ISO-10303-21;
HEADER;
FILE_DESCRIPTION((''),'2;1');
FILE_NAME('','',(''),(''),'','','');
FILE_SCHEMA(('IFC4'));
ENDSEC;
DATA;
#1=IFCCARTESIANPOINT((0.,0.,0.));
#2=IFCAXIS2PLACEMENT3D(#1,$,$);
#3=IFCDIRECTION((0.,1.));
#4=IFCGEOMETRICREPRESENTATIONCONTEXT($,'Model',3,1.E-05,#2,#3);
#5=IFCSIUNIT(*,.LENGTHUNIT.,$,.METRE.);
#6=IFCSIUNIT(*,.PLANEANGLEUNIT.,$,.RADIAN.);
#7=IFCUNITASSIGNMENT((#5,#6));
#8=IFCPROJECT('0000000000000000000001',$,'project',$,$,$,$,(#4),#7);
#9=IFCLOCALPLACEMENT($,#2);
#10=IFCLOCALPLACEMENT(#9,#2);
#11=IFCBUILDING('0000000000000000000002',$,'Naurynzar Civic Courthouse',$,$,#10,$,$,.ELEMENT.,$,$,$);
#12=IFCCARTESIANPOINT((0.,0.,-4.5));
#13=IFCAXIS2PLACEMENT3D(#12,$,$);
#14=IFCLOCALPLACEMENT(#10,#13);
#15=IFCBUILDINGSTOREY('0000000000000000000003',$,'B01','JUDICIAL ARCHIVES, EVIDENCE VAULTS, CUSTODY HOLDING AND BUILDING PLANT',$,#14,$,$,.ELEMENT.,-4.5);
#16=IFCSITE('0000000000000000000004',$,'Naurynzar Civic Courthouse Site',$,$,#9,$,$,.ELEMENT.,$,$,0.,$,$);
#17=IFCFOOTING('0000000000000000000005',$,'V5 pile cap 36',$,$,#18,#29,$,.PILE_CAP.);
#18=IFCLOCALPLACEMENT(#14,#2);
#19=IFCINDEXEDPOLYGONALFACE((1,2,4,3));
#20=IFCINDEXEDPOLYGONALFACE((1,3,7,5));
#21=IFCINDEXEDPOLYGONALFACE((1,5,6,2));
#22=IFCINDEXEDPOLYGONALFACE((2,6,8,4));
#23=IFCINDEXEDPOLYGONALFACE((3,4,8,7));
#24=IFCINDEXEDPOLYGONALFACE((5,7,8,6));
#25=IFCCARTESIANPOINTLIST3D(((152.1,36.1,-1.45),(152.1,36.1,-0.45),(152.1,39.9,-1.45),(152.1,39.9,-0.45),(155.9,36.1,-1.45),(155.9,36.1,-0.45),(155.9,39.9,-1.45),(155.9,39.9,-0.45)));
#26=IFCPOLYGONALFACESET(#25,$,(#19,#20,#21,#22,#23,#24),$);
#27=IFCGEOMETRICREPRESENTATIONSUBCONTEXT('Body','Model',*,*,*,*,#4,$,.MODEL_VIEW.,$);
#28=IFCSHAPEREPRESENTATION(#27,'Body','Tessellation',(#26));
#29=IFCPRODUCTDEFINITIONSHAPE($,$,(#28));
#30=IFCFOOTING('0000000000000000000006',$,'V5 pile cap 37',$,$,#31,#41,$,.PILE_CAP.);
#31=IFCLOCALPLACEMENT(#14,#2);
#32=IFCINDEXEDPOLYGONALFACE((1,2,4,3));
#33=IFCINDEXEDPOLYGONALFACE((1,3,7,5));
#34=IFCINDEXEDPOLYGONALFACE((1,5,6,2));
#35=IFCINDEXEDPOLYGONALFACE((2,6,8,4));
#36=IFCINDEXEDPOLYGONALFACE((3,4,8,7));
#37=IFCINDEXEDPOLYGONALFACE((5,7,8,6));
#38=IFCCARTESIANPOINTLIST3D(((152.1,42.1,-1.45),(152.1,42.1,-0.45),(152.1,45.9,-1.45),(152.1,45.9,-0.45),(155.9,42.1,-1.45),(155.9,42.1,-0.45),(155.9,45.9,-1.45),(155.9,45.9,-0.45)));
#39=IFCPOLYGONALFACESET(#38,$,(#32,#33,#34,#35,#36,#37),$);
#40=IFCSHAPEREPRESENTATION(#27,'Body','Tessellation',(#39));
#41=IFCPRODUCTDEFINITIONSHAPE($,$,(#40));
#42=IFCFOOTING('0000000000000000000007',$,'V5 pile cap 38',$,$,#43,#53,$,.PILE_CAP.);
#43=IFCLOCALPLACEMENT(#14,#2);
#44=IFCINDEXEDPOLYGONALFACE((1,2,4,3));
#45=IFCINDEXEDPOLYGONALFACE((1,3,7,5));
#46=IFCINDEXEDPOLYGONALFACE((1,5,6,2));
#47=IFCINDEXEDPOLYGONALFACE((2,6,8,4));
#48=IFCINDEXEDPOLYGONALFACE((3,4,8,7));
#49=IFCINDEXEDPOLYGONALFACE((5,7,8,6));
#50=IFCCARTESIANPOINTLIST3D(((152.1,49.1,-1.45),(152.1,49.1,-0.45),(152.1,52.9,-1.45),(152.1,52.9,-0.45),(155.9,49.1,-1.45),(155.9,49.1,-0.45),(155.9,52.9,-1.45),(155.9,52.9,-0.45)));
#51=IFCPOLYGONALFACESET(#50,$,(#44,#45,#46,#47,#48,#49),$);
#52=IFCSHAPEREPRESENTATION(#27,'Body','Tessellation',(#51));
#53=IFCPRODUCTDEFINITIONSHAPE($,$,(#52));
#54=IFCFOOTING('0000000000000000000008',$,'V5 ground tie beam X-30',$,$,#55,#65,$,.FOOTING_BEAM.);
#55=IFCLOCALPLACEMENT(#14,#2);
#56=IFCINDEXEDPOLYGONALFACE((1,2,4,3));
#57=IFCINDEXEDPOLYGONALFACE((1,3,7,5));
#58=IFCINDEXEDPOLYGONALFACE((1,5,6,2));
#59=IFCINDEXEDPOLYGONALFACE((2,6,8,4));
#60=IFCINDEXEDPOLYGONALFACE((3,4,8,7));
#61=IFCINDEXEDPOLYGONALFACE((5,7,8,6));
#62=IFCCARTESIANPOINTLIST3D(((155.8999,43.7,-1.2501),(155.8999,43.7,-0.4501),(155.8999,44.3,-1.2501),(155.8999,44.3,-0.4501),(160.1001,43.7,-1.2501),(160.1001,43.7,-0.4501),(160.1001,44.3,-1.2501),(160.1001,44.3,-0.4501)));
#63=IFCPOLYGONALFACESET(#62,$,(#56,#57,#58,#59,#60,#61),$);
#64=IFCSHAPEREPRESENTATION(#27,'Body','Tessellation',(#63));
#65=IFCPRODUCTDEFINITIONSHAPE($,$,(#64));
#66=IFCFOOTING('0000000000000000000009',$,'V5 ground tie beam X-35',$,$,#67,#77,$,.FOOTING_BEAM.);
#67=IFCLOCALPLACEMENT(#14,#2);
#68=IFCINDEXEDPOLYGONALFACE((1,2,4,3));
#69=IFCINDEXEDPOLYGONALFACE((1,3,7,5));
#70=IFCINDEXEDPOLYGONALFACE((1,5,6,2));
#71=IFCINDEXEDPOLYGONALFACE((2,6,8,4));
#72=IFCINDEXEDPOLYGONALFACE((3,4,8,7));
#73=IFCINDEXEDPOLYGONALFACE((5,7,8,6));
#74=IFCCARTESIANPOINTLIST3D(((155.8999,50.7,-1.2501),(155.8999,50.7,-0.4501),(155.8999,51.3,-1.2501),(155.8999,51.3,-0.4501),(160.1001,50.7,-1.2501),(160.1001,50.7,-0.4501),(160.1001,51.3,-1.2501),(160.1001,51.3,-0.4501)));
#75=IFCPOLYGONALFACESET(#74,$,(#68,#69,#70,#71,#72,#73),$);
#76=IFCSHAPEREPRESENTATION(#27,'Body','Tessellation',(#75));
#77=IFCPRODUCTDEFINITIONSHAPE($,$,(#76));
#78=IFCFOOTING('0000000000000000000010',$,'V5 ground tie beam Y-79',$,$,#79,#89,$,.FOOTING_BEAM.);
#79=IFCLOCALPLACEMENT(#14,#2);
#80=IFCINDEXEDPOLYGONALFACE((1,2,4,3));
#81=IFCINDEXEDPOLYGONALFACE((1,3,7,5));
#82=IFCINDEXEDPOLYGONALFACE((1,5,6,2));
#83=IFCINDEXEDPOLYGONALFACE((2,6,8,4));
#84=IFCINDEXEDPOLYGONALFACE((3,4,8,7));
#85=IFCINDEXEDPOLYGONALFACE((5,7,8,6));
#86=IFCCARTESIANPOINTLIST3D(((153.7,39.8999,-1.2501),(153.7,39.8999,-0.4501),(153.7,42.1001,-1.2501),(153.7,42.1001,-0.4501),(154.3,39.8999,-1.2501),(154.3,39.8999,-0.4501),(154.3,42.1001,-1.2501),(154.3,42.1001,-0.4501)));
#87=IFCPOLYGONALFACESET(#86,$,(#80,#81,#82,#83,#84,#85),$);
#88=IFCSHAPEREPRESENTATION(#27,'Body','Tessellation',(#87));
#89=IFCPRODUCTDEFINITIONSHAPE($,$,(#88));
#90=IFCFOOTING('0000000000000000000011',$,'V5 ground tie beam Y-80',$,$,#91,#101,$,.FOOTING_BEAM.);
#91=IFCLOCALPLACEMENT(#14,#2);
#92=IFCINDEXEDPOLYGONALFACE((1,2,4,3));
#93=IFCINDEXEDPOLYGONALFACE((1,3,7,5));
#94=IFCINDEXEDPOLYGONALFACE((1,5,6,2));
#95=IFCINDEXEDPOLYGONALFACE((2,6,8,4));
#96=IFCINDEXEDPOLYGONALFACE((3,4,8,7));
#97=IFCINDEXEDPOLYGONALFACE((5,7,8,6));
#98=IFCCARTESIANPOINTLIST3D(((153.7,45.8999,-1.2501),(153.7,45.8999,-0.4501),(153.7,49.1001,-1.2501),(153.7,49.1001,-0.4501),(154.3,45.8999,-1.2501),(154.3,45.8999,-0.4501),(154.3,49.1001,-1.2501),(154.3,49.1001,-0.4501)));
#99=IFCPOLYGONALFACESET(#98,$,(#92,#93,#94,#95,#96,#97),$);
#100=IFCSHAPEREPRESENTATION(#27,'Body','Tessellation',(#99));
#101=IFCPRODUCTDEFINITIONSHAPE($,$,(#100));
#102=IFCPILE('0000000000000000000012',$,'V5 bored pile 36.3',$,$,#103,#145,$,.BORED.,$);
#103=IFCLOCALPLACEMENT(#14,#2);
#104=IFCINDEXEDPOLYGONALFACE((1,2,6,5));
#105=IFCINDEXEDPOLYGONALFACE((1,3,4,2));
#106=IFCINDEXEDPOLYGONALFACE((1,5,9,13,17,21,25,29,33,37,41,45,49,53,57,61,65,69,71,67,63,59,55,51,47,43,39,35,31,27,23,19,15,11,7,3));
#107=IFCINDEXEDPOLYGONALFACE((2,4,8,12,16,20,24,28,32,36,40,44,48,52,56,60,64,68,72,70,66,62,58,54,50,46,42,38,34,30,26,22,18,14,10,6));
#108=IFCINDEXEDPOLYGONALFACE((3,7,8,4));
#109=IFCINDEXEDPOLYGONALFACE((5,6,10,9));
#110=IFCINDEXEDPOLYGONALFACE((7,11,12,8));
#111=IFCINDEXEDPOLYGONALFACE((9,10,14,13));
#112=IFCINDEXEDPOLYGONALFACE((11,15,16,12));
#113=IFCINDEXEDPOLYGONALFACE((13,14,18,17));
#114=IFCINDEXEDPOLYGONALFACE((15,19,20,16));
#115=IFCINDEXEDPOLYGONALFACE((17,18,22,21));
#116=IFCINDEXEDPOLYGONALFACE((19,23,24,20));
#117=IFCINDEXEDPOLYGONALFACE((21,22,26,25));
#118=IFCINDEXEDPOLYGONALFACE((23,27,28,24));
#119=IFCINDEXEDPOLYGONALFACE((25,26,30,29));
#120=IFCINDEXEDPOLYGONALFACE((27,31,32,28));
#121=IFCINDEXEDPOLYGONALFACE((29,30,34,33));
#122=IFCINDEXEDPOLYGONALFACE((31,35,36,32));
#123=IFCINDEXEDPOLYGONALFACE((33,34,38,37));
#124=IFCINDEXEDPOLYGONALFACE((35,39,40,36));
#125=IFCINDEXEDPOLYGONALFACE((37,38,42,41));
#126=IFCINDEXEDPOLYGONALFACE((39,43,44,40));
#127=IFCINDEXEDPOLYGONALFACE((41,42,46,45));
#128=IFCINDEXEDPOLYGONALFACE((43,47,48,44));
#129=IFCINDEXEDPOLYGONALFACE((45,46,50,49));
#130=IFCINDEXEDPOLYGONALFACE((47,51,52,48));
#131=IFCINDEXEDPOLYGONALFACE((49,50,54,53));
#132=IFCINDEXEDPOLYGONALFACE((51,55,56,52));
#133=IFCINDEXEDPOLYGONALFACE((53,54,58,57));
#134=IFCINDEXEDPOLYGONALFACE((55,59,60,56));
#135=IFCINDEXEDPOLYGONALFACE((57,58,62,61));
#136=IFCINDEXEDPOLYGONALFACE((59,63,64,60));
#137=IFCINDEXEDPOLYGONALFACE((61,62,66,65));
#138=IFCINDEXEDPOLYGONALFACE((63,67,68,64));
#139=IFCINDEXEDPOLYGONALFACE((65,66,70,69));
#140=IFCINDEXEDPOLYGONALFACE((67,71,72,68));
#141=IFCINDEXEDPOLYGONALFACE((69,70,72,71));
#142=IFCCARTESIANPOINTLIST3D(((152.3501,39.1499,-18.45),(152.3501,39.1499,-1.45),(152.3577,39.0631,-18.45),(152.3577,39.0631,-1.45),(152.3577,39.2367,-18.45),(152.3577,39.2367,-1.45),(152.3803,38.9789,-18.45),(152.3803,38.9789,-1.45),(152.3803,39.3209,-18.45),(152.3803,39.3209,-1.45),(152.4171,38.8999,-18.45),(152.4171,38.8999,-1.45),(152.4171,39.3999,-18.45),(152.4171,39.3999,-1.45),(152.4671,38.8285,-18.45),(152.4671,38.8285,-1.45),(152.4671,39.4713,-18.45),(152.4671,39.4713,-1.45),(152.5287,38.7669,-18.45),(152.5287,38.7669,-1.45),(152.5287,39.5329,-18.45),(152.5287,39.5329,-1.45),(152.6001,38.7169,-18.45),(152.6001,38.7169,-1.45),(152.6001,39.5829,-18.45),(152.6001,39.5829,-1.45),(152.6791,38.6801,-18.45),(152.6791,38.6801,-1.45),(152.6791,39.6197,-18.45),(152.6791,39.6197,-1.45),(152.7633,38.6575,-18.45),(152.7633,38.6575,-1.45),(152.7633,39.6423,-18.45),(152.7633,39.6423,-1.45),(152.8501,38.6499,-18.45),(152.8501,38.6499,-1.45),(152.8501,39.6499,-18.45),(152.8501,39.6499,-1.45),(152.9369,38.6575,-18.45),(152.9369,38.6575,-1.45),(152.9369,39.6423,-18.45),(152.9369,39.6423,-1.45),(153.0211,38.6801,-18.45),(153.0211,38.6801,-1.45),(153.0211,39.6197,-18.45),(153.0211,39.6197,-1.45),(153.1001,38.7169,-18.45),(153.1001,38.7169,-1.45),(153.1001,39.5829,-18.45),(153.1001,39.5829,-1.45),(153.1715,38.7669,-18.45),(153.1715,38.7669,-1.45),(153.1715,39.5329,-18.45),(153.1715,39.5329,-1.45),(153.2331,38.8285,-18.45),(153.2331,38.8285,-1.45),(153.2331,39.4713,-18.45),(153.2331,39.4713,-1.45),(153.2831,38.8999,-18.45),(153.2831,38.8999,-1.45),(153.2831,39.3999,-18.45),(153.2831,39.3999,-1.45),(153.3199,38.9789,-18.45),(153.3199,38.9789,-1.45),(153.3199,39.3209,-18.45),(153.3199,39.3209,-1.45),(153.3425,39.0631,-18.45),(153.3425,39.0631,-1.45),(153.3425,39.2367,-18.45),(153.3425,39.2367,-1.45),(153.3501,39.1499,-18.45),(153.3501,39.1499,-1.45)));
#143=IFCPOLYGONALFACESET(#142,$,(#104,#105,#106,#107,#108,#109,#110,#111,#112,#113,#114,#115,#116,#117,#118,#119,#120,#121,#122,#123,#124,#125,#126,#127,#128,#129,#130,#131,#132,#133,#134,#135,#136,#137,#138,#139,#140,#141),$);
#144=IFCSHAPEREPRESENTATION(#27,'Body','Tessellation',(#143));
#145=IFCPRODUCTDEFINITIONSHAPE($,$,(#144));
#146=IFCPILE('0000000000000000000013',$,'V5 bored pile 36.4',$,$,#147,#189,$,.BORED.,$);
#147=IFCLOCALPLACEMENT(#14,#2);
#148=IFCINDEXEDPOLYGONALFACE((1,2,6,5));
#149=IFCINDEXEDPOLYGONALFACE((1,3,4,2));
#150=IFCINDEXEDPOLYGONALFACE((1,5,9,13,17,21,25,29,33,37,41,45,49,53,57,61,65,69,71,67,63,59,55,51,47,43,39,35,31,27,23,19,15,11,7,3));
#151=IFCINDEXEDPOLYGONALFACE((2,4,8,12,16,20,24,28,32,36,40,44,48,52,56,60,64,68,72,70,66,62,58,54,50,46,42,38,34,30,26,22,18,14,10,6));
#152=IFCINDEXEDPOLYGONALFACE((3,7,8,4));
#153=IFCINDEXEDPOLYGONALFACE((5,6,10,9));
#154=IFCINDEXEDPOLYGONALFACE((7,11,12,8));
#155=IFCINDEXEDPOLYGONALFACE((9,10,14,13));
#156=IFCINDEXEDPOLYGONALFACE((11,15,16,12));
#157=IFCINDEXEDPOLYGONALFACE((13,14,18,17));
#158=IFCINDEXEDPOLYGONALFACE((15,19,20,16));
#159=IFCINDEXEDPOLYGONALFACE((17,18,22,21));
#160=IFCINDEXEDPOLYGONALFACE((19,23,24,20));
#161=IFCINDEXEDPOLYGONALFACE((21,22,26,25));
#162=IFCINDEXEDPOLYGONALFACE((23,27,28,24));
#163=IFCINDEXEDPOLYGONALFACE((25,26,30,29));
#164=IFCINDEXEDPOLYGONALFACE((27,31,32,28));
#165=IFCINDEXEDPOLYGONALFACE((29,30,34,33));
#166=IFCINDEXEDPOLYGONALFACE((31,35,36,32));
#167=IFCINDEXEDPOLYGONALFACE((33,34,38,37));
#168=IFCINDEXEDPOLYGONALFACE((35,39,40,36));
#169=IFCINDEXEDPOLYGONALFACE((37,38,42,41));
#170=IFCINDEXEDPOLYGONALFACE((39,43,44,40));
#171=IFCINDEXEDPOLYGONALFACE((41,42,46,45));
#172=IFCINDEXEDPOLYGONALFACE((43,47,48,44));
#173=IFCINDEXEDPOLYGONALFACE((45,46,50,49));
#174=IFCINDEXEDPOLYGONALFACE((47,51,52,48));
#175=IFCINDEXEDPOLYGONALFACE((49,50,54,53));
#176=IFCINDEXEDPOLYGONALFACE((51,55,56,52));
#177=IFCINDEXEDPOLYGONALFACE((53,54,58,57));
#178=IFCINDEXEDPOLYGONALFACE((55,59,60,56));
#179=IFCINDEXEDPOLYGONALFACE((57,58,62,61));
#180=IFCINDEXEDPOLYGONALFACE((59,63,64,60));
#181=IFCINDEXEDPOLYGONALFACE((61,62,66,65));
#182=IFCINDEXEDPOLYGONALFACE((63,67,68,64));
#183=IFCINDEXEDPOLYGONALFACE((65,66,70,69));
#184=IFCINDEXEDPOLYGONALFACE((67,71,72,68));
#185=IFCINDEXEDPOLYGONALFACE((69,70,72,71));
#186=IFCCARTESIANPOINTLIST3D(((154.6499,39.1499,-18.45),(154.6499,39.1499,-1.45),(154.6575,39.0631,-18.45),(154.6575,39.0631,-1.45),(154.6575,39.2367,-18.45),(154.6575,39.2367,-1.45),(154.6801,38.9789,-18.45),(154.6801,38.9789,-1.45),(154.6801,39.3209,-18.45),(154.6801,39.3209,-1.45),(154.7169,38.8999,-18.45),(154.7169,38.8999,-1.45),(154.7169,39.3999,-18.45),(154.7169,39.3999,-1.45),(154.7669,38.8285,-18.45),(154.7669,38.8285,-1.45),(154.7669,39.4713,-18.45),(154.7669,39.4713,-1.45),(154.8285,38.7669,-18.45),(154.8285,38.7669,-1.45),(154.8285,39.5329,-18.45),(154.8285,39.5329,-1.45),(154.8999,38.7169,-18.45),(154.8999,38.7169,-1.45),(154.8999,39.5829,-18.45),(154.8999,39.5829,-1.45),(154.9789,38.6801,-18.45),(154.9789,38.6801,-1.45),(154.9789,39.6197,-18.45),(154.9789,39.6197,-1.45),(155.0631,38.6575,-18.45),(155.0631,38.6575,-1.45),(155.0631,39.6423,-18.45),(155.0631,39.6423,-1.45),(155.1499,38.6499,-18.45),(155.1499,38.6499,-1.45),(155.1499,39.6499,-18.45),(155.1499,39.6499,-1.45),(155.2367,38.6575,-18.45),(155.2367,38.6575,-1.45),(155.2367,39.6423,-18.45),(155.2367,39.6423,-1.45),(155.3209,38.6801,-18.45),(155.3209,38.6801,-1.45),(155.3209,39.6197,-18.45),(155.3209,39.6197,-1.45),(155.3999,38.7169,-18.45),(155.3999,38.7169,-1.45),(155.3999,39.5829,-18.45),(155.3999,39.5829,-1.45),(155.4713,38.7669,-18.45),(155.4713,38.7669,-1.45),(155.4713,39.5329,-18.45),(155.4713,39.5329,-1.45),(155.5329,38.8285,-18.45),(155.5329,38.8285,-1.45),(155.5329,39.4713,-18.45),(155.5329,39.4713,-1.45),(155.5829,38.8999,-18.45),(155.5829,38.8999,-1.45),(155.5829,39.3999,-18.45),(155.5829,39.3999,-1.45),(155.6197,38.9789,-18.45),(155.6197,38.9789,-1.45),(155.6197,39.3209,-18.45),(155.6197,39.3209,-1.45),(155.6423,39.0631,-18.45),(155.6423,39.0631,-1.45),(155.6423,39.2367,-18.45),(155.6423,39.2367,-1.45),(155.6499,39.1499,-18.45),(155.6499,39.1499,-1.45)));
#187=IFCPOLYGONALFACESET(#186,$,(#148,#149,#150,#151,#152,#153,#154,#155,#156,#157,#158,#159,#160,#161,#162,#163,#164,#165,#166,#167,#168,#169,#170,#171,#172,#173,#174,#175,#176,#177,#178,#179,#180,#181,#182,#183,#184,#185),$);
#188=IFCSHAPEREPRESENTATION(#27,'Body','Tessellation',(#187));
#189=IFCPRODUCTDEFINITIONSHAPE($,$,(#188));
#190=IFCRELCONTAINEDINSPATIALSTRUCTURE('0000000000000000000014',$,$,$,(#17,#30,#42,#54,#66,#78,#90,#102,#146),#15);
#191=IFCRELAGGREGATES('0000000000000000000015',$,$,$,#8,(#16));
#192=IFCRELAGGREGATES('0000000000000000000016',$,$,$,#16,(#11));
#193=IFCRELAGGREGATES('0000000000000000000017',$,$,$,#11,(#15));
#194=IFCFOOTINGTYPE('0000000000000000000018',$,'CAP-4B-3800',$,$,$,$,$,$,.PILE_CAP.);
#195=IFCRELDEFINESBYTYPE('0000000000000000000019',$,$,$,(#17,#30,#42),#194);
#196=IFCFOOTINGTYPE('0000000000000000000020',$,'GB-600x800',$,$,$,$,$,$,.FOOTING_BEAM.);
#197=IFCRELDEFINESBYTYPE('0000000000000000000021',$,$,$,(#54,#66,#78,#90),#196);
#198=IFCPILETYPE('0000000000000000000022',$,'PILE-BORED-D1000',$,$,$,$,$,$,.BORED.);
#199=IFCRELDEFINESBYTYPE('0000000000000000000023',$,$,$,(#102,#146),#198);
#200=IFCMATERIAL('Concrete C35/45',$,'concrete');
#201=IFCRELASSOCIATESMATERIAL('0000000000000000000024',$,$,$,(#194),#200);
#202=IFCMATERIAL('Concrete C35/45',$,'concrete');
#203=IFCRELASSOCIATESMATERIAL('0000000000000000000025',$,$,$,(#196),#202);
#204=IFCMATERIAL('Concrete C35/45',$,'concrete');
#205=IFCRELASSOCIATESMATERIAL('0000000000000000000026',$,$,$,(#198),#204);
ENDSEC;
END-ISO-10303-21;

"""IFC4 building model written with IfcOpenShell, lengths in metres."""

from ifc_helpers import new_model, si_unit, direction, frame, origin, origin_2d, place, context, subcontext, project, spatial, rectangle, circle, extrude, material, material_profile, profile_set, type_object, element, save


model = new_model("IFC4")

# Units and contexts
model_context = context("Model", 3, precision=1e-05, world=origin(), true_north=direction((0.0, 1.0)))
body_context = subcontext(model_context, "Body", "Model", "MODEL_VIEW")
ifc_project = project(units=[si_unit("LENGTHUNIT", "METRE"), si_unit("PLANEANGLEUNIT", "RADIAN")], contexts=[model_context])

# Site, building, storey
site_placement = place(None, origin())
site = spatial("IfcSite", under=ifc_project, at=site_placement, Name="Naurynzar Civic Courthouse Site", CompositionType="ELEMENT", RefElevation=0.0)
building_placement = place(site_placement, origin())
building = spatial("IfcBuilding", under=site, at=building_placement, Name="Naurynzar Civic Courthouse", CompositionType="ELEMENT")
storey_placement = place(building_placement, frame((0.0, 0.0, -4.5)))
storey = spatial("IfcBuildingStorey", under=building, at=storey_placement, Name="B01", Description="JUDICIAL ARCHIVES, EVIDENCE VAULTS, CUSTODY HOLDING AND BUILDING PLANT", CompositionType="ELEMENT", Elevation=-4.5)

# Footings
ifc_material_1 = material(Name="Concrete C35/45", Category="concrete")
footing_type_1 = type_object("IfcFootingType", Name="CAP-4B-3800", PredefinedType="PILE_CAP", material=ifc_material_1)
for number, where, z_axis, x_axis, name in (
    (1, (154.0, 38.0, -1.45), (0.0, 0.0, 1.0), (1.0, 0.0, 0.0), "V5 pile cap 36"),
    (2, (154.0, 44.0, -1.45), (0.0, 0.0, 1.0), (1.0, 0.0, 0.0), "V5 pile cap 37"),
    (3, (154.0, 51.0, -1.45), (0.0, 0.0, 1.0), (1.0, 0.0, 0.0), "V5 pile cap 38"),
):
    element("IfcFooting", number, at=place(storey_placement, frame(where, z_axis=z_axis, x_axis=x_axis)), inside=storey, type_object=footing_type_1, Name=name, PredefinedType="PILE_CAP", context=body_context, shape_type="SweptSolid", body=[
        extrude(rectangle(XDim=3.8, YDim=3.8, at=origin_2d()), origin(), (0.0, 0.0, 1.0), 1.0),
    ])
ifc_material_2 = material(Name="Concrete C35/45", Category="concrete")
ifc_material_profile_1 = material_profile(ifc_material_2, rectangle(XDim=0.6001, YDim=0.8, at=origin_2d()), Name="GB 600x800")
ifc_profile_set_1 = profile_set([ifc_material_profile_1], Name="Concrete C35/45")
footing_type_2 = type_object("IfcFootingType", Name="GB-600x800", PredefinedType="FOOTING_BEAM", material=ifc_profile_set_1)
for number, where, z_axis, x_axis, name in (
    (4, (155.8999, 44.0, -0.8501), (1.0, 0.0, 0.0), (0.0, 1.0, 0.0), "V5 ground tie beam X-30"),
    (5, (155.8999, 51.0, -0.8501), (1.0, 0.0, 0.0), (0.0, 1.0, 0.0), "V5 ground tie beam X-35"),
):
    element("IfcFooting", number, at=place(storey_placement, frame(where, z_axis=z_axis, x_axis=x_axis)), inside=storey, type_object=footing_type_2, Name=name, PredefinedType="FOOTING_BEAM", context=body_context, shape_type="SweptSolid", body=[
        extrude(rectangle(XDim=0.6001, YDim=0.8, at=origin_2d()), origin(), (0.0, 0.0, 1.0), 4.2002),
    ])
footing_1_placement = place(storey_placement, frame((154.0, 39.8999, -0.8501), z_axis=(0.0, 1.0, 0.0), x_axis=(-1.0, 0.0, 0.0)))
element("IfcFooting", 6, at=footing_1_placement, inside=storey, type_object=footing_type_2, Name="V5 ground tie beam Y-79", PredefinedType="FOOTING_BEAM", context=body_context, shape_type="SweptSolid", body=[
    extrude(rectangle(XDim=0.6001, YDim=0.8, at=origin_2d()), origin(), (0.0, 0.0, 1.0), 2.2002),
])
footing_2_placement = place(storey_placement, frame((154.0, 45.8999, -0.8501), z_axis=(0.0, 1.0, 0.0), x_axis=(-1.0, 0.0, 0.0)))
element("IfcFooting", 7, at=footing_2_placement, inside=storey, type_object=footing_type_2, Name="V5 ground tie beam Y-80", PredefinedType="FOOTING_BEAM", context=body_context, shape_type="SweptSolid", body=[
    extrude(rectangle(XDim=0.6001, YDim=0.8, at=origin_2d()), origin(), (0.0, 0.0, 1.0), 3.2002),
])

# Piles
ifc_material_3 = material(Name="Concrete C35/45", Category="concrete")
ifc_material_profile_2 = material_profile(ifc_material_3, circle(Radius=0.5, at=origin_2d()), Name="PILE D1000")
ifc_profile_set_2 = profile_set([ifc_material_profile_2], Name="Concrete C35/45")
pile_type = type_object("IfcPileType", Name="PILE-BORED-D1000", PredefinedType="BORED", material=ifc_profile_set_2)
for number, where, z_axis, x_axis, name in (
    (8, (152.8501, 39.1499, -1.45), (0.0, 0.0, -1.0), (1.0, 0.0, 0.0), "V5 bored pile 36.3"),
    (9, (155.1499, 39.1499, -1.45), (0.0, 0.0, -1.0), (1.0, 0.0, 0.0), "V5 bored pile 36.4"),
):
    element("IfcPile", number, at=place(storey_placement, frame(where, z_axis=z_axis, x_axis=x_axis)), inside=storey, type_object=pile_type, Name=name, PredefinedType="BORED", context=body_context, shape_type="SweptSolid", body=[
        extrude(circle(Radius=0.5, at=origin_2d()), origin(), (0.0, 0.0, 1.0), 17.0),
    ])

save(model, "model.ifc")
